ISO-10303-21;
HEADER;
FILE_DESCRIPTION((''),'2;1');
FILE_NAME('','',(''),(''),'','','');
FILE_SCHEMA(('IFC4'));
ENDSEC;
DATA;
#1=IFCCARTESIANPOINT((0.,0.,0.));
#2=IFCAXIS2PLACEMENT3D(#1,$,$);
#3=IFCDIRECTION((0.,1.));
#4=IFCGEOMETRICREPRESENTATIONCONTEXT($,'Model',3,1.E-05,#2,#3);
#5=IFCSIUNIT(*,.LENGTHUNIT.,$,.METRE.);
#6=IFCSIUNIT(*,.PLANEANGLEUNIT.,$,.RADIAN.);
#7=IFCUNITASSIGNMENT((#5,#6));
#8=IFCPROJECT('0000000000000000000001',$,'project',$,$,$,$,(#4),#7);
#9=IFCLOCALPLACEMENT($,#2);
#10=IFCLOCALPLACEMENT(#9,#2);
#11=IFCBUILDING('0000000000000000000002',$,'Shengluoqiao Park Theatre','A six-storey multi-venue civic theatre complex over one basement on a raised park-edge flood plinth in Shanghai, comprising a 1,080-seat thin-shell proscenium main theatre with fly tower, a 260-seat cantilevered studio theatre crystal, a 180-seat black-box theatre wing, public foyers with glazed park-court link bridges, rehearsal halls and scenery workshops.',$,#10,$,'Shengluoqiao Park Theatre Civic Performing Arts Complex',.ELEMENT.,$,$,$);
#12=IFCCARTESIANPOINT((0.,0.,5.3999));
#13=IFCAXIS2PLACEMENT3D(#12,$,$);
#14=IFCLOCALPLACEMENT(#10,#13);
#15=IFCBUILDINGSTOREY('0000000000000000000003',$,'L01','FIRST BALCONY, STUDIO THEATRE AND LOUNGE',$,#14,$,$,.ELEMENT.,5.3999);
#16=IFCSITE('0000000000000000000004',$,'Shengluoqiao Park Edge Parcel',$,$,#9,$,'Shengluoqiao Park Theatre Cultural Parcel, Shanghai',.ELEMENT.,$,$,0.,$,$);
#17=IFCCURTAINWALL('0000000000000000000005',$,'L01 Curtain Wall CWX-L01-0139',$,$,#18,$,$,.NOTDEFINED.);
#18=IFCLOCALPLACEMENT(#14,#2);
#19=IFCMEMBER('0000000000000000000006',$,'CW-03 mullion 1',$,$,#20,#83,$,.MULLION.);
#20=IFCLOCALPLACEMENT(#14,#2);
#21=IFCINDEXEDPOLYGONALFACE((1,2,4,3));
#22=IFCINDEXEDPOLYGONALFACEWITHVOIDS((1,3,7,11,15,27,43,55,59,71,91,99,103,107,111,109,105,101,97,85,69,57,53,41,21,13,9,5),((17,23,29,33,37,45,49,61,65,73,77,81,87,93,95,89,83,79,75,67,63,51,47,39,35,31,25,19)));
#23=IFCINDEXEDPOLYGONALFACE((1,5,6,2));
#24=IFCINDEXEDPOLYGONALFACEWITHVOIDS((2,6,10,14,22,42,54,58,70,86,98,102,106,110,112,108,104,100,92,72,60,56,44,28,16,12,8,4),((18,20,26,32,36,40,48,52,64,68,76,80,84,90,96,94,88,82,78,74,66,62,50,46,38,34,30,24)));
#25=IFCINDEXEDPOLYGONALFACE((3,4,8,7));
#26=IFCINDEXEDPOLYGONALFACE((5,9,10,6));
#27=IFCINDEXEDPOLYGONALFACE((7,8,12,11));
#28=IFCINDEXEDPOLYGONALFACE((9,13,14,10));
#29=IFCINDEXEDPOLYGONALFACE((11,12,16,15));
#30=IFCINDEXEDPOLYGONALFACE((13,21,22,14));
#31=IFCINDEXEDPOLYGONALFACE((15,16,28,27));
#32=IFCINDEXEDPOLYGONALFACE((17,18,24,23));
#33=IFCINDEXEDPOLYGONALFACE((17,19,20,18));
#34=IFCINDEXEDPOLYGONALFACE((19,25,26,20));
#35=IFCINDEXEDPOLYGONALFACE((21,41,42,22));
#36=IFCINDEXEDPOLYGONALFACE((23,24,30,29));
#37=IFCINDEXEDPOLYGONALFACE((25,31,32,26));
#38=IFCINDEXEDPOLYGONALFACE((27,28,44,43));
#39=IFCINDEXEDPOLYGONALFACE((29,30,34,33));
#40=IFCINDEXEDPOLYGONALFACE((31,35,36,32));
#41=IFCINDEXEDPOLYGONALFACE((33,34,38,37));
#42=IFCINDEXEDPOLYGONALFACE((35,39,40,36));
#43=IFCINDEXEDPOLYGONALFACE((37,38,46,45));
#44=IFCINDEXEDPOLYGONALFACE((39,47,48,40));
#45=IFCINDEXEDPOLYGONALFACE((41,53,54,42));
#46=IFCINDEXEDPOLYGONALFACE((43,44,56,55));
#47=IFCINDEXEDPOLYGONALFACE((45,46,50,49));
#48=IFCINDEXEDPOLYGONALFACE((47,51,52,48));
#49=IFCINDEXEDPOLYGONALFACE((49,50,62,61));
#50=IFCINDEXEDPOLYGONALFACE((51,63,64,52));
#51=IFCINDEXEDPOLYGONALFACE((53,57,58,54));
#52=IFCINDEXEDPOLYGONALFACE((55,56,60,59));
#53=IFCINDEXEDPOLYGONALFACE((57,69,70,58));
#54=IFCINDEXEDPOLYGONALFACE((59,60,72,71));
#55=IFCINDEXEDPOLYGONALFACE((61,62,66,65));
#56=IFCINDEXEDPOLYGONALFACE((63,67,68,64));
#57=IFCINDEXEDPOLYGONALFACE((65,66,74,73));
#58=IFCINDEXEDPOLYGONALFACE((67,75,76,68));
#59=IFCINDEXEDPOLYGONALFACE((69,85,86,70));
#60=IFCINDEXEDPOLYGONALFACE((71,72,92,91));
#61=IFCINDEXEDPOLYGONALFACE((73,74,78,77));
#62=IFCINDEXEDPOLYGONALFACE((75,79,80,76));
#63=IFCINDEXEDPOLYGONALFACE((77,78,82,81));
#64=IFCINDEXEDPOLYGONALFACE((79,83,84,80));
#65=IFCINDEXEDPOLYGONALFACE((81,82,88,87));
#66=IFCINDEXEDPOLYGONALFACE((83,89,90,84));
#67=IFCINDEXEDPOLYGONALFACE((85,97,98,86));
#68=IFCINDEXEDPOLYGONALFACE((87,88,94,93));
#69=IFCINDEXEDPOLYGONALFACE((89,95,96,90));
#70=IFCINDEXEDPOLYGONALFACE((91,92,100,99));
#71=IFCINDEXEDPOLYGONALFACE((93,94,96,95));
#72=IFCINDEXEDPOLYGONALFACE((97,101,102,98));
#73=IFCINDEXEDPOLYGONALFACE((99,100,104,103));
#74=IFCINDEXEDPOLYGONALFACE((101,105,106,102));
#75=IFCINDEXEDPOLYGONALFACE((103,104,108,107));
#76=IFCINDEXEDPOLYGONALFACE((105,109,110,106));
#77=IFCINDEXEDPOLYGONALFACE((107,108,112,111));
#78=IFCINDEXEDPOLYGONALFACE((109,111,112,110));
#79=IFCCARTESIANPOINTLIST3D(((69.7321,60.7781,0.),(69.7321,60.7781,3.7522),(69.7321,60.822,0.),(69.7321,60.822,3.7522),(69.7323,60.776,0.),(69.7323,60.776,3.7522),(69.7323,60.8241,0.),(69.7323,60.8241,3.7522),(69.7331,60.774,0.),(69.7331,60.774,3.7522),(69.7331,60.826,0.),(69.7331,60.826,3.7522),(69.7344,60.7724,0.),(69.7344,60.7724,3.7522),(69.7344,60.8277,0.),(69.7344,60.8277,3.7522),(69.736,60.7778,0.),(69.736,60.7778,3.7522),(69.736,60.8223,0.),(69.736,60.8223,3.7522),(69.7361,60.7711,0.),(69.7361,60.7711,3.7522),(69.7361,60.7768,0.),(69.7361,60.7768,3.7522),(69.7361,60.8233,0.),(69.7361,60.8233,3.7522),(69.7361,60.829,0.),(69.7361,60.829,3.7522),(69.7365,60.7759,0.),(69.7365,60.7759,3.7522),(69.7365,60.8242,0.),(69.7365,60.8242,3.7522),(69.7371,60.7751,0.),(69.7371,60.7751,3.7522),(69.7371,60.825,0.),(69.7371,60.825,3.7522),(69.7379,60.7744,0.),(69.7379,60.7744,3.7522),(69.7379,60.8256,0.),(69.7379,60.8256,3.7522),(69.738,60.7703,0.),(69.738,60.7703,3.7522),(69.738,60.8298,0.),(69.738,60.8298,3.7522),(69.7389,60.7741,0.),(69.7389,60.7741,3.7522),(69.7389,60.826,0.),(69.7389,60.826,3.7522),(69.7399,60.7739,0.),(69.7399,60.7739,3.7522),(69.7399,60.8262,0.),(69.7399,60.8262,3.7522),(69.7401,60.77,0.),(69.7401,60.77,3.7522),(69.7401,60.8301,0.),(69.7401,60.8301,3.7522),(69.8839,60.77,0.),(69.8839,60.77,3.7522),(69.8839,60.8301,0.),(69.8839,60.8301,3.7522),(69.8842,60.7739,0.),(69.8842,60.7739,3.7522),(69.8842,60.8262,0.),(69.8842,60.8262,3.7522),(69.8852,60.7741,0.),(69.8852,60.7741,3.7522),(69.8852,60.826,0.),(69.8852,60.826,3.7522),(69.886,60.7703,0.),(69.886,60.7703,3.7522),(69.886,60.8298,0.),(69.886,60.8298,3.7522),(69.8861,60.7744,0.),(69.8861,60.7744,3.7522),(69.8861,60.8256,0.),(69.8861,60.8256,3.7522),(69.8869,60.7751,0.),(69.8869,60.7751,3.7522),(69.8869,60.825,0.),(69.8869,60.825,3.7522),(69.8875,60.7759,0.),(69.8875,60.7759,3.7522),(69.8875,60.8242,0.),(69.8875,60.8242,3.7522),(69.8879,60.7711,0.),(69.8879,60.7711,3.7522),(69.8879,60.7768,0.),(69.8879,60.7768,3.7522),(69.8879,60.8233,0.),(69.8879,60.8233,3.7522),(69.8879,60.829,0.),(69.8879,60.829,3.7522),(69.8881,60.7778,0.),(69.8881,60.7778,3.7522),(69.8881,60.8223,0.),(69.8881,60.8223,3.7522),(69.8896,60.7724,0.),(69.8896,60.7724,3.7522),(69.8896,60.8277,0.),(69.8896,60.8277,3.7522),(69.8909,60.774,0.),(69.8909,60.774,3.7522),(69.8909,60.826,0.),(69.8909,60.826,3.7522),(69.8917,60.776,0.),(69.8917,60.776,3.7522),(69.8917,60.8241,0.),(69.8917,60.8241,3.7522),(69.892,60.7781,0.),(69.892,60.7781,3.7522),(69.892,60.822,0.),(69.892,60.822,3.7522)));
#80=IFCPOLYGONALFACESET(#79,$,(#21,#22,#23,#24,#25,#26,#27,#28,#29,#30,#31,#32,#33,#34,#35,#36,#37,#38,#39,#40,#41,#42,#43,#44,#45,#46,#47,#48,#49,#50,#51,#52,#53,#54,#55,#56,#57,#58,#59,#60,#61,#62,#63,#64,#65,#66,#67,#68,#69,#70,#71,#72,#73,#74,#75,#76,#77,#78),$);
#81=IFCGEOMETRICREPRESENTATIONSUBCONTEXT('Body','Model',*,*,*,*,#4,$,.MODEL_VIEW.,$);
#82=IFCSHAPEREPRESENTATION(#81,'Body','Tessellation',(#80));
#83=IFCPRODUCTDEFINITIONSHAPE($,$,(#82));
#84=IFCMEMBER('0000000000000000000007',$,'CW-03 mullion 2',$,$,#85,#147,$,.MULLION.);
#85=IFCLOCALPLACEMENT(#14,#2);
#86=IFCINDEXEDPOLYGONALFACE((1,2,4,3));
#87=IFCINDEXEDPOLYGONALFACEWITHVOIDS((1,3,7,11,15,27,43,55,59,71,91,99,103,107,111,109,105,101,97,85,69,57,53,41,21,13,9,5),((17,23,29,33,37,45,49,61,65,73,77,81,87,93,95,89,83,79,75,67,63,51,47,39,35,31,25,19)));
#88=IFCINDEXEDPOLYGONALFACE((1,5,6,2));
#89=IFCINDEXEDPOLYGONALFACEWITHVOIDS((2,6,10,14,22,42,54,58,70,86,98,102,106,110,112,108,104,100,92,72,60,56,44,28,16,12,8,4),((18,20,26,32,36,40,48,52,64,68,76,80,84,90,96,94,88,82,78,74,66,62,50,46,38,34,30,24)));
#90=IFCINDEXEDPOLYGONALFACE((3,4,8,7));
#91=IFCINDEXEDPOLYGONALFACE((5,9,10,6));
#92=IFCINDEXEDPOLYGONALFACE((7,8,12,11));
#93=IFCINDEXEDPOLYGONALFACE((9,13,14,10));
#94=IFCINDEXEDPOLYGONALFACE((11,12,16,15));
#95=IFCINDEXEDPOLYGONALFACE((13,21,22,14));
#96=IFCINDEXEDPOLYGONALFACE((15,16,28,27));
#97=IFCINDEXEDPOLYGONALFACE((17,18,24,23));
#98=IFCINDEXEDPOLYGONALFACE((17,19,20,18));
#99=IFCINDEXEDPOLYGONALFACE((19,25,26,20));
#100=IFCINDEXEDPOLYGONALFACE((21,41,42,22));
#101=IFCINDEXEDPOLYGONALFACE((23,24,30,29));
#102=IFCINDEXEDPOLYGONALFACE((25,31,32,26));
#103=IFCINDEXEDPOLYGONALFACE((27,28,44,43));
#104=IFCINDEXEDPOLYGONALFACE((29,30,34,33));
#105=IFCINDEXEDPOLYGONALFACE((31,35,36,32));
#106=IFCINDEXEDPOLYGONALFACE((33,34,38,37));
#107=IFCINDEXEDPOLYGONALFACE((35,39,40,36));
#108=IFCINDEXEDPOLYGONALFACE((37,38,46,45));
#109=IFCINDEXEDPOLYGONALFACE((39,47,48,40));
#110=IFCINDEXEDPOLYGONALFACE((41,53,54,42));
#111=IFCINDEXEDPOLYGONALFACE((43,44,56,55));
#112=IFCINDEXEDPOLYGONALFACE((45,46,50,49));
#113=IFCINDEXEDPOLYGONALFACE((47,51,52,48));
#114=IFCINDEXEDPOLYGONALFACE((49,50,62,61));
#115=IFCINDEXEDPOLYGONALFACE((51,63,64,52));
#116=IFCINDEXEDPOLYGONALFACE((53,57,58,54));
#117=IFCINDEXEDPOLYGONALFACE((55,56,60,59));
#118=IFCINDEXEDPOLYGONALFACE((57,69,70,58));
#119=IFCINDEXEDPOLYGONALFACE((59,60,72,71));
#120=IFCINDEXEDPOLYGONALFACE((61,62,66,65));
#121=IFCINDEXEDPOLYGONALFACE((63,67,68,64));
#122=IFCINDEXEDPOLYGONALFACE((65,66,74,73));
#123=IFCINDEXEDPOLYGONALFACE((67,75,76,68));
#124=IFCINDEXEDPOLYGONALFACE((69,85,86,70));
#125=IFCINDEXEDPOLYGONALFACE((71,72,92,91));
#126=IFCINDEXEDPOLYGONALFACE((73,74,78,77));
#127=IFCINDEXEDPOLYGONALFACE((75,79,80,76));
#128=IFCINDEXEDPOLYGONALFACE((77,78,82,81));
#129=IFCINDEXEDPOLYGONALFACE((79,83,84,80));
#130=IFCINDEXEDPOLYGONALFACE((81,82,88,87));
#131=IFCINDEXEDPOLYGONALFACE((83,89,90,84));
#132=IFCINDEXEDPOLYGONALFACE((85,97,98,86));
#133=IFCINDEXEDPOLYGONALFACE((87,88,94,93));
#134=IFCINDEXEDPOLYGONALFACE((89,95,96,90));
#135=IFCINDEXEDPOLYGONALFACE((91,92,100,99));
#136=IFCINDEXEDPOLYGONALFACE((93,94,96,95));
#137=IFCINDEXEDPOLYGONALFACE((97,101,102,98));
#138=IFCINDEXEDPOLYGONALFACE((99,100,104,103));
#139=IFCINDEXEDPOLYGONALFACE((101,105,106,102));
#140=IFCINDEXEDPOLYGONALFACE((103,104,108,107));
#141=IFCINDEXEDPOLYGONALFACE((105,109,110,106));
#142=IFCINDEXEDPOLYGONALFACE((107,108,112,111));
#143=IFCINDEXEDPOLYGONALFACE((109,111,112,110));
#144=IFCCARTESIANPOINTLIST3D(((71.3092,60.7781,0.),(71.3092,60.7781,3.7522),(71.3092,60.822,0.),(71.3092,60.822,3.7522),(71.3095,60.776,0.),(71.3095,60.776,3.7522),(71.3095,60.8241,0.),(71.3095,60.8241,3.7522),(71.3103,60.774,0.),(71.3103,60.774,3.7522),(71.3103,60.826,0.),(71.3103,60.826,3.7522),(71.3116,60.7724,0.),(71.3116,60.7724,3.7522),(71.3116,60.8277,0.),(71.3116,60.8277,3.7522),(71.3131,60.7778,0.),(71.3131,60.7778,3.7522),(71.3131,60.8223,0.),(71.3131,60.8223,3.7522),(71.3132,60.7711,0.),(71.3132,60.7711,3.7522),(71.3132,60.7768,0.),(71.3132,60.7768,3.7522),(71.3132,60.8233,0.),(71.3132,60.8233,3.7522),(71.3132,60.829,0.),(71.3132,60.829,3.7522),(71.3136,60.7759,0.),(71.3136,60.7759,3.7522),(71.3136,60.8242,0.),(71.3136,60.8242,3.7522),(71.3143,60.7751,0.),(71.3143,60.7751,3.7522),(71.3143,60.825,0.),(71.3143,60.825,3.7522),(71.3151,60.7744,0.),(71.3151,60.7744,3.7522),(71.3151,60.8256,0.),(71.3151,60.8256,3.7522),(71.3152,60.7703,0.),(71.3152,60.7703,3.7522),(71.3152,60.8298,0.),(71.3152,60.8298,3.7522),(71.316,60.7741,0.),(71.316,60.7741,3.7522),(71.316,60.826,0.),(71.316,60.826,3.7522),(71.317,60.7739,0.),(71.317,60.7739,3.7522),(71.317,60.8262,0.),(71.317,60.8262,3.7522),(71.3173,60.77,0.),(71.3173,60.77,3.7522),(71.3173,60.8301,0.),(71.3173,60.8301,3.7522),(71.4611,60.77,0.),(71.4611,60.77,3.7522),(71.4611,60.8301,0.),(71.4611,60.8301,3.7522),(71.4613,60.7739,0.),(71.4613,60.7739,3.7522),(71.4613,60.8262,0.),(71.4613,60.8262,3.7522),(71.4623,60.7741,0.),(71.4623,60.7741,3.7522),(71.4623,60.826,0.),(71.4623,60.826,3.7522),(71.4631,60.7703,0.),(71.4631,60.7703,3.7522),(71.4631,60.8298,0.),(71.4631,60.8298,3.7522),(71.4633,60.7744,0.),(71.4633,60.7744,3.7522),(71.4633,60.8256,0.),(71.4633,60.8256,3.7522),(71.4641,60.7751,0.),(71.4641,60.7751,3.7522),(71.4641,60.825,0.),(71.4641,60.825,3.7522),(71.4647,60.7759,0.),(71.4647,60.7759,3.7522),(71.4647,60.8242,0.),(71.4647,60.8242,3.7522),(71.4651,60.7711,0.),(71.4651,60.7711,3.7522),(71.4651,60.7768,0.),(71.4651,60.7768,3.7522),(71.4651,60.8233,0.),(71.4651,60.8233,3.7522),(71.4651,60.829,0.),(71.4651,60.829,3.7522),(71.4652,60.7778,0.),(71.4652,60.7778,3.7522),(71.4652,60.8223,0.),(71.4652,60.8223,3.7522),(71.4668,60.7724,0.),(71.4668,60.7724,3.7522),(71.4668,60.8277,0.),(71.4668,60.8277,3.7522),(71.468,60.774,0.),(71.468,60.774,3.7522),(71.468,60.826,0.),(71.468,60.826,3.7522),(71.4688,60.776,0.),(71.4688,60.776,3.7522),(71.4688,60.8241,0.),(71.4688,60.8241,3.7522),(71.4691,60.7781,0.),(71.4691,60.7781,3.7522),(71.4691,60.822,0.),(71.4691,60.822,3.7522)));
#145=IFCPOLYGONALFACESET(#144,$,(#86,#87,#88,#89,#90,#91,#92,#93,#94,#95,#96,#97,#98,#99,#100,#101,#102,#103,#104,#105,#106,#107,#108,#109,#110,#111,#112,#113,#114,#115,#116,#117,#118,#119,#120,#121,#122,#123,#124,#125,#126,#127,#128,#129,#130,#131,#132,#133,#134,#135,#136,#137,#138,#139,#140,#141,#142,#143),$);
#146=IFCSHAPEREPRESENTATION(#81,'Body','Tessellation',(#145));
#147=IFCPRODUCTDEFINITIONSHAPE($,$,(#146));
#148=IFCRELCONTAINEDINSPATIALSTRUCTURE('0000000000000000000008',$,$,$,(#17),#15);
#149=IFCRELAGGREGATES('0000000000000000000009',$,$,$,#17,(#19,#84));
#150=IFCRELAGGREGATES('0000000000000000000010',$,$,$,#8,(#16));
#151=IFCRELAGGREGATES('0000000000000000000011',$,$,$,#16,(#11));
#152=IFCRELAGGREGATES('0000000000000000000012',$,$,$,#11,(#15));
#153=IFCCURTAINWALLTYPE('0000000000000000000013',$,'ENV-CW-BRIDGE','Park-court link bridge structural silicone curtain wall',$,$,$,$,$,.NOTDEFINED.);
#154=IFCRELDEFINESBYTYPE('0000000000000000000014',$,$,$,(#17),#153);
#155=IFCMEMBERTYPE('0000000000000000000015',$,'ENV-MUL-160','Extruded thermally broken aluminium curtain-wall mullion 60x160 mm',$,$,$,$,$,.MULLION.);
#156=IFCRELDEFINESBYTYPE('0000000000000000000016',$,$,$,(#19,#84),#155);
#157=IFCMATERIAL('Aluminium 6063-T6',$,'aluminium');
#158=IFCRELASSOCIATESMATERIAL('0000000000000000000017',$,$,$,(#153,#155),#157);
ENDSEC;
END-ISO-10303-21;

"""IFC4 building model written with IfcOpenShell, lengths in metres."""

from ifc_helpers import new_model, si_unit, direction, frame, origin, origin_2d, place, context, subcontext, project, spatial, hollow_rectangle, extrude, material, material_profile, profile_set, type_object, element, aggregate, save


model = new_model("IFC4")

# Units and contexts
model_context = context("Model", 3, precision=1e-05, world=origin(), true_north=direction((0.0, 1.0)))
body_context = subcontext(model_context, "Body", "Model", "MODEL_VIEW")
ifc_project = project(units=[si_unit("LENGTHUNIT", "METRE"), si_unit("PLANEANGLEUNIT", "RADIAN")], contexts=[model_context])

# Site, building, storey
site_placement = place(None, origin())
site = spatial("IfcSite", under=ifc_project, at=site_placement, Name="Shengluoqiao Park Edge Parcel", LongName="Shengluoqiao Park Theatre Cultural Parcel, Shanghai", CompositionType="ELEMENT", RefElevation=0.0)
building_placement = place(site_placement, origin())
building = spatial("IfcBuilding", under=site, at=building_placement, Name="Shengluoqiao Park Theatre", Description="A six-storey multi-venue civic theatre complex over one basement on a raised park-edge flood plinth in Shanghai, comprising a 1,080-seat thin-shell proscenium main theatre with fly tower, a 260-seat cantilevered studio theatre crystal, a 180-seat black-box theatre wing, public foyers with glazed park-court link bridges, rehearsal halls and scenery workshops.", LongName="Shengluoqiao Park Theatre Civic Performing Arts Complex", CompositionType="ELEMENT")
storey_placement = place(building_placement, frame((0.0, 0.0, 5.3999)))
storey = spatial("IfcBuildingStorey", under=building, at=storey_placement, Name="L01", Description="FIRST BALCONY, STUDIO THEATRE AND LOUNGE", CompositionType="ELEMENT", Elevation=5.3999)

# Shared definitions
ifc_material_1 = material(Name="Aluminium 6063-T6", Category="aluminium")
curtain_wall_type_1 = type_object("IfcCurtainWallType", Name="ENV-CW-BRIDGE", Description="Park-court link bridge structural silicone curtain wall", PredefinedType="NOTDEFINED", material=ifc_material_1)
ifc_material_profile_1 = material_profile(ifc_material_1, hollow_rectangle(XDim=0.0601, YDim=0.1599, WallThickness=0.0039, InnerFilletRadius=0.0039, OuterFilletRadius=0.0081, at=origin_2d()), Name="ALU MULLION 160x60x4")
ifc_profile_set_1 = profile_set([ifc_material_profile_1], Name="Aluminium 6063-T6")
member_type_1 = type_object("IfcMemberType", Name="ENV-MUL-160", Description="Extruded thermally broken aluminium curtain-wall mullion 60x160 mm", PredefinedType="MULLION", material=ifc_profile_set_1)

# Curtain wall, members
curtain_wall_1_placement = place(storey_placement, origin())
curtain_wall_1 = element("IfcCurtainWall", 1, at=curtain_wall_1_placement, inside=storey, type_object=curtain_wall_type_1, Name="L01 Curtain Wall CWX-L01-0139", PredefinedType="NOTDEFINED")
member_1_placement = place(storey_placement, frame((69.812, 60.8, 0.0), z_axis=(0.0, 0.0, 1.0), x_axis=(0.0, 1.0, 0.0)))
member_1 = element("IfcMember", 2, at=member_1_placement, type_object=member_type_1, Name="CW-03 mullion 1", PredefinedType="MULLION", context=body_context, shape_type="SweptSolid", body=[
    extrude(hollow_rectangle(XDim=0.0601, YDim=0.1599, WallThickness=0.0039, InnerFilletRadius=0.0039, OuterFilletRadius=0.0081, at=origin_2d()), origin(), (0.0, 0.0, 1.0), 3.7522),
])
member_2_placement = place(storey_placement, frame((71.3892, 60.8, 0.0), z_axis=(0.0, 0.0, 1.0), x_axis=(0.0, 1.0, 0.0)))
member_2 = element("IfcMember", 3, at=member_2_placement, type_object=member_type_1, Name="CW-03 mullion 2", PredefinedType="MULLION", context=body_context, shape_type="SweptSolid", body=[
    extrude(hollow_rectangle(XDim=0.0601, YDim=0.1599, WallThickness=0.0039, InnerFilletRadius=0.0039, OuterFilletRadius=0.0081, at=origin_2d()), origin(), (0.0, 0.0, 1.0), 3.7522),
])

aggregate(curtain_wall_1, [member_1, member_2])

save(model, "model.ifc")
